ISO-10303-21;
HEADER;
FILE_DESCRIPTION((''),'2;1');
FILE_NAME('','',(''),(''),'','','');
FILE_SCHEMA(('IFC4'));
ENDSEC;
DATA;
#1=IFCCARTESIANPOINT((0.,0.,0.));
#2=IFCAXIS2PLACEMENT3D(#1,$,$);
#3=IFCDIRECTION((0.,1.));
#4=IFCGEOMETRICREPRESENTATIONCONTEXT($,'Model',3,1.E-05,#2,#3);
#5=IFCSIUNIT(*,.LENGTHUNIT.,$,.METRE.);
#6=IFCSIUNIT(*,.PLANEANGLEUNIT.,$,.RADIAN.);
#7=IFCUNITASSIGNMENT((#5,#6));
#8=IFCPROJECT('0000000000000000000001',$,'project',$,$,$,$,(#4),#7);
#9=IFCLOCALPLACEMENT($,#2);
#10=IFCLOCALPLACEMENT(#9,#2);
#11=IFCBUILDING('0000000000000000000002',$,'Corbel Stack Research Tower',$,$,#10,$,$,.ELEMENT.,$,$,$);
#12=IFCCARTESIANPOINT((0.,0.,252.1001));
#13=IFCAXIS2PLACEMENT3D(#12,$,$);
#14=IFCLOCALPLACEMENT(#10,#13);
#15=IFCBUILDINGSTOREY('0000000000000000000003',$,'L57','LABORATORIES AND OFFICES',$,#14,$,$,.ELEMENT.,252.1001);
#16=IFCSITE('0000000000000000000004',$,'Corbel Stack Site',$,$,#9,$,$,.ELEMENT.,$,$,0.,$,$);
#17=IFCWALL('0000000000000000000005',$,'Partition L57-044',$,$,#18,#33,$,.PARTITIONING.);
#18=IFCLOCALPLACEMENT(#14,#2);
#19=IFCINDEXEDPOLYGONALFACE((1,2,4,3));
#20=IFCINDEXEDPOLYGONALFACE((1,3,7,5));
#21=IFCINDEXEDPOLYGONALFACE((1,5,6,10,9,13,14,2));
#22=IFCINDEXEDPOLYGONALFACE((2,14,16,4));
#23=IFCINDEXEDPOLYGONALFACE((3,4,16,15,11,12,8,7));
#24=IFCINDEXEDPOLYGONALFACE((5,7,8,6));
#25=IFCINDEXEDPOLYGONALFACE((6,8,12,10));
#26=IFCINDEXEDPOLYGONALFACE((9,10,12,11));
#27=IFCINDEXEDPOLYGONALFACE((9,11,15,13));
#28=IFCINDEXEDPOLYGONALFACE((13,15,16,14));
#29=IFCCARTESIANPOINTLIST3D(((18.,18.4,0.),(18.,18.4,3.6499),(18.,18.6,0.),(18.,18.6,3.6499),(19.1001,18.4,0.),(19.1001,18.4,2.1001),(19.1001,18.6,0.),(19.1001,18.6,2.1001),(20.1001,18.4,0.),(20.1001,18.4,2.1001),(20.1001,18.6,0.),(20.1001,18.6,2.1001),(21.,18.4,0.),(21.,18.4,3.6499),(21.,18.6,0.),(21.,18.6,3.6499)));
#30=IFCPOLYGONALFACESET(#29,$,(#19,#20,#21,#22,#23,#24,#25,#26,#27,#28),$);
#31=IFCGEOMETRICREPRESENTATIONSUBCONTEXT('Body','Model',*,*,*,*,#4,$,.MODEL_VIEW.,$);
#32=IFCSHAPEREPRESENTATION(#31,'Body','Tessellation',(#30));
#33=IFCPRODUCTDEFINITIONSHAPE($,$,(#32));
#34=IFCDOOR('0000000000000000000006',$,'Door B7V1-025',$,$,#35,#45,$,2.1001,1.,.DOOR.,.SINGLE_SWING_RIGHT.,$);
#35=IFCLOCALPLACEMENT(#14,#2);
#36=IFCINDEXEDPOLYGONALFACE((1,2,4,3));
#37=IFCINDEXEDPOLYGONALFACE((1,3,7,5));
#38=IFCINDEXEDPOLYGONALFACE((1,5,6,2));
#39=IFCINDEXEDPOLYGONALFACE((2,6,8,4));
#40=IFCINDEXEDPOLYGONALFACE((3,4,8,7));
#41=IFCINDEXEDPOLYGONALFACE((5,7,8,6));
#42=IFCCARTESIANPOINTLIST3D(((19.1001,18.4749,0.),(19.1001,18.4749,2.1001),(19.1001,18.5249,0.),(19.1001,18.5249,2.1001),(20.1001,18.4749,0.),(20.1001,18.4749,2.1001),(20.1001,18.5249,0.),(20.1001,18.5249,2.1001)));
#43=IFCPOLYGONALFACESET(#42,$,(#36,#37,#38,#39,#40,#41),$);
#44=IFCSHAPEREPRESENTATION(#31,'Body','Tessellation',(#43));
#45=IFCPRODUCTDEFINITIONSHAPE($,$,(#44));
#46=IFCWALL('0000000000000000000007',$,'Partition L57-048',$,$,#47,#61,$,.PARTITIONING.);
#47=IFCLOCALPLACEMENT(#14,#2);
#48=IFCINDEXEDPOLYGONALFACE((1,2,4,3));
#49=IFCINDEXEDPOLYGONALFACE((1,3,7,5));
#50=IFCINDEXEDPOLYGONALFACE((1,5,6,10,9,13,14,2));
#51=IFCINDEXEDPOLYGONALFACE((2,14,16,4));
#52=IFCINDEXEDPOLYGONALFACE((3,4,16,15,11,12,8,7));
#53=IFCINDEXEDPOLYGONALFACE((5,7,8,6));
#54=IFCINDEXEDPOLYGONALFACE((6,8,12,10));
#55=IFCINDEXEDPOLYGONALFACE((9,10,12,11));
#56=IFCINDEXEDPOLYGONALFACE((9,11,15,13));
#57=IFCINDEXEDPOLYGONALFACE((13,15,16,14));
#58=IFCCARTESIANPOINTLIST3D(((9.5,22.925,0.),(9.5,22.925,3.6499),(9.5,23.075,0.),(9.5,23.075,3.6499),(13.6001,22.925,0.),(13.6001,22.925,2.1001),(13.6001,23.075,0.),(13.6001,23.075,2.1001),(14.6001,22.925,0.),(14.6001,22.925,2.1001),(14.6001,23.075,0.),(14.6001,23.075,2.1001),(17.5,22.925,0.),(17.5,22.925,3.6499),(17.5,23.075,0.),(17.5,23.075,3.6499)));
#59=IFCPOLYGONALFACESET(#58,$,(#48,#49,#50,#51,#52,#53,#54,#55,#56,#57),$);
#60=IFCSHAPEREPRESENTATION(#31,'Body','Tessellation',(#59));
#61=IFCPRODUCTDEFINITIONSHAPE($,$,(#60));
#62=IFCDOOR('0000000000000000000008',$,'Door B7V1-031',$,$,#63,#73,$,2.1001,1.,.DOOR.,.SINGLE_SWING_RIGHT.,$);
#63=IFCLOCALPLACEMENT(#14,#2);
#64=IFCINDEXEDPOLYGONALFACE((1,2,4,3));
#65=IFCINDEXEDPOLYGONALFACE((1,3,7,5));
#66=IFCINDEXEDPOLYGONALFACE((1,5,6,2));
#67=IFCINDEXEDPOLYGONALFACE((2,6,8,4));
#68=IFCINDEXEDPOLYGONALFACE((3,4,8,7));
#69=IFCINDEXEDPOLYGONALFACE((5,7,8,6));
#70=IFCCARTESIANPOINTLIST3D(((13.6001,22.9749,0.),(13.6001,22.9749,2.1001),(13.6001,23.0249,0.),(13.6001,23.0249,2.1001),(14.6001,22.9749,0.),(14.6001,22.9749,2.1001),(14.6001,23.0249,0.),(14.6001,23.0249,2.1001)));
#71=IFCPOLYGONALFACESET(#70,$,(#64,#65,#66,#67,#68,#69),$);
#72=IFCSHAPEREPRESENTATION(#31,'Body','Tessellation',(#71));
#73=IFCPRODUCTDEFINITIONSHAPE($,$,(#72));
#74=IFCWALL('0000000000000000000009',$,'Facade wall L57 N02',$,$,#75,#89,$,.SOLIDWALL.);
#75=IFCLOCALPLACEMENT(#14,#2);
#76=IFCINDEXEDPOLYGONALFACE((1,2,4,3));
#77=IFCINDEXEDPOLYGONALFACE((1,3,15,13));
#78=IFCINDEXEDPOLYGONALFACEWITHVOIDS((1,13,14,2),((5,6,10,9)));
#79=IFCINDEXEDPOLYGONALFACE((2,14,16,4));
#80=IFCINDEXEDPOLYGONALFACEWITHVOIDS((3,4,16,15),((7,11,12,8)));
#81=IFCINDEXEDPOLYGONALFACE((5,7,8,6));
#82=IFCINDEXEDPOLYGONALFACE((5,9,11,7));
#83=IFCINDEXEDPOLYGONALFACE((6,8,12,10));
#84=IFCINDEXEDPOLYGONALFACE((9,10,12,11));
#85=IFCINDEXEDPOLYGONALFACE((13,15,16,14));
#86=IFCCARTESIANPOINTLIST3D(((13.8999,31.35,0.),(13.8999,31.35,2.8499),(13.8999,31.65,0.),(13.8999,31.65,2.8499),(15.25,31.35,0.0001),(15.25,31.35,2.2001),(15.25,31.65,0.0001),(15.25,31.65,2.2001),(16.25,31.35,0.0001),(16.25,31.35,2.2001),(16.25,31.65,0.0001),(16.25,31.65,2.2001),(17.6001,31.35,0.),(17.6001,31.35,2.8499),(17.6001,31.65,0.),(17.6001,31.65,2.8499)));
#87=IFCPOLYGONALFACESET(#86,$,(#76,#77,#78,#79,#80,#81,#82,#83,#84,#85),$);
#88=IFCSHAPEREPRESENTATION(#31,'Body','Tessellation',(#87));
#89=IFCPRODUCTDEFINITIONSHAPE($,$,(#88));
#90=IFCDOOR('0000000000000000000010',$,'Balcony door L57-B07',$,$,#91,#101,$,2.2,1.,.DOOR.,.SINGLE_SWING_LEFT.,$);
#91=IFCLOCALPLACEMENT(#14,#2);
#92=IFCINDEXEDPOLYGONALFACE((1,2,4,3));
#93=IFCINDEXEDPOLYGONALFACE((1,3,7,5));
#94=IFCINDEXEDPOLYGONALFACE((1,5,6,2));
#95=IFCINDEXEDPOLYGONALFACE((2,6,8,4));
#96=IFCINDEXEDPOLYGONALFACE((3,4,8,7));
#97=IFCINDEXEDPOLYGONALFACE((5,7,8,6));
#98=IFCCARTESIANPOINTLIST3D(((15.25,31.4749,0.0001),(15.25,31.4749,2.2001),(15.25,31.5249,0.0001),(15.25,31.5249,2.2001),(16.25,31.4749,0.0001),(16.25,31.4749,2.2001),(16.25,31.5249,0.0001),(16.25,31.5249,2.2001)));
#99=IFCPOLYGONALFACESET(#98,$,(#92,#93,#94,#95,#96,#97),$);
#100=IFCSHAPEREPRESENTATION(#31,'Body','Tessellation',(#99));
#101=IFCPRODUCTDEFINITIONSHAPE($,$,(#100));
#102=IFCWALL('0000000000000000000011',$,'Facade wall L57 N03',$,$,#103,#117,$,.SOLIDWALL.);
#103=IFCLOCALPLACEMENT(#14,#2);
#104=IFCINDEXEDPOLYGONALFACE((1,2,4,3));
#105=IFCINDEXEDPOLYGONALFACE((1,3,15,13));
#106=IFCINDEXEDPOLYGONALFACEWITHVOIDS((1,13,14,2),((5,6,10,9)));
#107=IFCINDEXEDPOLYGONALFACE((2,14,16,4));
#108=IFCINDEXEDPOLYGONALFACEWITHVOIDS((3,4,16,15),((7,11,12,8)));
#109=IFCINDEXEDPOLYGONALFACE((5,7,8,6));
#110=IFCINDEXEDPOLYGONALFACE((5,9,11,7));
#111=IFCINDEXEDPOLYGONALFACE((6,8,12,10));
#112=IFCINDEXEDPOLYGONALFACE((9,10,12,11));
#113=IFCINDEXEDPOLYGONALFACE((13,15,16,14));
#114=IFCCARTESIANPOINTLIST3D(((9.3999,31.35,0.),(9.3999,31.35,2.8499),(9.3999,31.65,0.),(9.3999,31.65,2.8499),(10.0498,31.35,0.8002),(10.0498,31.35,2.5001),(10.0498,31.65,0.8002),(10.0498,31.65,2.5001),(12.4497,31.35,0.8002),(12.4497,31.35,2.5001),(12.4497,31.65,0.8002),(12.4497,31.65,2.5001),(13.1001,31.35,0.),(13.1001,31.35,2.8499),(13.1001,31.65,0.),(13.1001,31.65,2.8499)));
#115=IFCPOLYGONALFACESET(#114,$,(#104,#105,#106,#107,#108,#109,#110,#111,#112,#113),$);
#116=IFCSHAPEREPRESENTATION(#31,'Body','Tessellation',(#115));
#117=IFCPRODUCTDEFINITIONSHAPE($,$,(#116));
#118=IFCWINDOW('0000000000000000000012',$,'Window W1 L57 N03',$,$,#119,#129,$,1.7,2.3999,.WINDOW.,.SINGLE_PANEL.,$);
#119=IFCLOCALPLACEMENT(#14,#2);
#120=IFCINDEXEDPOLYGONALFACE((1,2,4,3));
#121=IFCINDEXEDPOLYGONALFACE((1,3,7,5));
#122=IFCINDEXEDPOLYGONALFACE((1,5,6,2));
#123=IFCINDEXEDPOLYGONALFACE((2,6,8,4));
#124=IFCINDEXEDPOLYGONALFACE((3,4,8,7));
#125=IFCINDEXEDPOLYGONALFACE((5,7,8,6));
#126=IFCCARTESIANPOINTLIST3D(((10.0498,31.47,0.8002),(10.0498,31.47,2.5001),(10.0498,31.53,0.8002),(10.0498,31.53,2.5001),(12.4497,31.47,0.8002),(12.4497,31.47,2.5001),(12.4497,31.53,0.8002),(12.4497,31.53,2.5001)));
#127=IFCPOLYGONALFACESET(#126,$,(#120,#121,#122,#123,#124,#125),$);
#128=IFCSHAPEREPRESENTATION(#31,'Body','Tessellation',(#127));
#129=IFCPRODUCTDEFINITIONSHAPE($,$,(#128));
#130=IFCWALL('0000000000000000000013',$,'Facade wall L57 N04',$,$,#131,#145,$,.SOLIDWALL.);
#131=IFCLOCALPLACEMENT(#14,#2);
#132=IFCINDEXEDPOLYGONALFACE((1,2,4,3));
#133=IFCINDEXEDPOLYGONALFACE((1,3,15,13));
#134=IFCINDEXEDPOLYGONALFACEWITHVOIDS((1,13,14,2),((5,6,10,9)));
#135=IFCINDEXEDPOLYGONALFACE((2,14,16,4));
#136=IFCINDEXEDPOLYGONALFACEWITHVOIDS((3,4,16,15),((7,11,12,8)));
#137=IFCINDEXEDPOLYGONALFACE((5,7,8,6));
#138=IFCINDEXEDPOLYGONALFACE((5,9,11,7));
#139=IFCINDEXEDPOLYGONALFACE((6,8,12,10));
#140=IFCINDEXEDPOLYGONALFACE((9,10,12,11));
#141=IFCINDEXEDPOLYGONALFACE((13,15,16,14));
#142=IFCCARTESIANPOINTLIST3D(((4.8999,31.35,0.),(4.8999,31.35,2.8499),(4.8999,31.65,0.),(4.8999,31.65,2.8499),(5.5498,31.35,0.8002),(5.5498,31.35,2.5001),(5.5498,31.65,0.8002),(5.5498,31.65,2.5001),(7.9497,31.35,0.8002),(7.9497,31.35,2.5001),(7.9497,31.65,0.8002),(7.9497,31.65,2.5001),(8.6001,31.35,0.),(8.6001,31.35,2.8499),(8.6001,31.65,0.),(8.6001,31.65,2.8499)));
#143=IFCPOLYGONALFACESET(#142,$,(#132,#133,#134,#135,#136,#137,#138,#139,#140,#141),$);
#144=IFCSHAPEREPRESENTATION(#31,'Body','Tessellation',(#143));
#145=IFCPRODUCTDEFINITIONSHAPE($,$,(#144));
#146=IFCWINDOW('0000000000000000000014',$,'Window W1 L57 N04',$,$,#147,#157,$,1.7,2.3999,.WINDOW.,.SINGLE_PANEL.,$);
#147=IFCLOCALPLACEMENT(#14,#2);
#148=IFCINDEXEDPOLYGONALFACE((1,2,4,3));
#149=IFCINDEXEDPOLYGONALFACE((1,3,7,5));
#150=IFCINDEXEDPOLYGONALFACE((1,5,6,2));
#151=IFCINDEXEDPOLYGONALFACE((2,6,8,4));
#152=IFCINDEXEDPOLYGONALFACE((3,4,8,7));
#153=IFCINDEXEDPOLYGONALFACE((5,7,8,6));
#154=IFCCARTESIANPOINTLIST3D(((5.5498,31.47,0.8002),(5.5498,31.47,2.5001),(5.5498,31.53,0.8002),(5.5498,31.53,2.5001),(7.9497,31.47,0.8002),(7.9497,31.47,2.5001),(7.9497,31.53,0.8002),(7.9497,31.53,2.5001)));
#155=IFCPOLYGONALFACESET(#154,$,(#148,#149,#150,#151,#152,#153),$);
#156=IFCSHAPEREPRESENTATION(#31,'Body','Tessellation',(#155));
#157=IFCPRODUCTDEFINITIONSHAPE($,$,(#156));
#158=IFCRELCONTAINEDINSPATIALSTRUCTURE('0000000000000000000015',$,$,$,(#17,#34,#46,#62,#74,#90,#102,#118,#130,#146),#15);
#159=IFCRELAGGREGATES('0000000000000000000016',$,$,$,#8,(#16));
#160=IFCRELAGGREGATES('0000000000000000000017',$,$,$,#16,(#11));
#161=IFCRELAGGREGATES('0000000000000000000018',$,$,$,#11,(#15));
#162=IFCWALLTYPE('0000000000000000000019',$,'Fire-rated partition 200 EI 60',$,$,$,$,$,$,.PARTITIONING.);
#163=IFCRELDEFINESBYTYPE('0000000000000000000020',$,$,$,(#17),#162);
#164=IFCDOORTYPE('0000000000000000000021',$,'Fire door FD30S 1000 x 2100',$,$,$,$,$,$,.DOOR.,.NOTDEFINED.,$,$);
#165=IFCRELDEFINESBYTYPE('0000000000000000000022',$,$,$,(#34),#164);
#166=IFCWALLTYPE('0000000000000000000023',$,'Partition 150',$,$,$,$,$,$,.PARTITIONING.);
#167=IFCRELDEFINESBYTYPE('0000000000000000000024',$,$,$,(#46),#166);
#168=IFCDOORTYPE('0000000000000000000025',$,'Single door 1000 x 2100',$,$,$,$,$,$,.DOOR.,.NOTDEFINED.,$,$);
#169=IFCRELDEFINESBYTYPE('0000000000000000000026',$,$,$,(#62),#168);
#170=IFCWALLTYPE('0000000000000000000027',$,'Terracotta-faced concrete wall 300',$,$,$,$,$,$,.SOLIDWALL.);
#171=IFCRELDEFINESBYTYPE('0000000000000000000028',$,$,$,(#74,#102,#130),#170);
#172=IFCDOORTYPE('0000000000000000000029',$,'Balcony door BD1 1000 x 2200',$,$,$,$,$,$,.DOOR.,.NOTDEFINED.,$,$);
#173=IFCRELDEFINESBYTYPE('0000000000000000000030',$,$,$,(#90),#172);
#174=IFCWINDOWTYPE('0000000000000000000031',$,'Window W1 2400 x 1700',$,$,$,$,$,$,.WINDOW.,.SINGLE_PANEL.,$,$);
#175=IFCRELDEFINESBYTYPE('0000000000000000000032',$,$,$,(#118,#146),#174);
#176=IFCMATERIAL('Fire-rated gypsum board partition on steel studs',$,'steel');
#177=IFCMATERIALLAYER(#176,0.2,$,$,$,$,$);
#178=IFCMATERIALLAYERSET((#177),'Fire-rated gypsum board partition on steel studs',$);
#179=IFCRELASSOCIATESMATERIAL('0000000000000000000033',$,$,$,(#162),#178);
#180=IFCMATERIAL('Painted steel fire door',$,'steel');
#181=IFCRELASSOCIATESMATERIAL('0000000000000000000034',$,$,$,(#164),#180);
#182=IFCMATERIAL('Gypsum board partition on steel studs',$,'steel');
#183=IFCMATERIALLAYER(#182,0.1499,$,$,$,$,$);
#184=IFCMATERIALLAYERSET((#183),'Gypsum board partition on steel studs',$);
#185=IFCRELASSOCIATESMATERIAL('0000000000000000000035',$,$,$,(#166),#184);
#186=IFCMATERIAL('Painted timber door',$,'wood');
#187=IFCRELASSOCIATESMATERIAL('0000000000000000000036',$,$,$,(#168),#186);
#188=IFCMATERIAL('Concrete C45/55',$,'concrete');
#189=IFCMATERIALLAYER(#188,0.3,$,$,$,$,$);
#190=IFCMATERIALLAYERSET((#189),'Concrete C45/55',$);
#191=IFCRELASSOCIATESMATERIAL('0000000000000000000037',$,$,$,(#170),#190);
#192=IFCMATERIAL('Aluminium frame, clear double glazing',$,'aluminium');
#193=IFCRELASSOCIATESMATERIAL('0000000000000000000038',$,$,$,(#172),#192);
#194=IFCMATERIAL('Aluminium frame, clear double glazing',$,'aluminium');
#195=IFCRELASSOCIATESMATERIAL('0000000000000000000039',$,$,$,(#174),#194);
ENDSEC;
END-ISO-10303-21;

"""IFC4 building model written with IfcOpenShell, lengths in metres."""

from ifc_helpers import new_model, si_unit, direction, frame, frame_2d, origin, place, context, subcontext, project, spatial, rectangle, extrude, material, layer, layer_set, type_object, element, fill, save


model = new_model("IFC4")

# Units and contexts
model_context = context("Model", 3, precision=1e-05, world=origin(), true_north=direction((0.0, 1.0)))
body_context = subcontext(model_context, "Body", "Model", "MODEL_VIEW")
ifc_project = project(units=[si_unit("LENGTHUNIT", "METRE"), si_unit("PLANEANGLEUNIT", "RADIAN")], contexts=[model_context])

# Site, building, storey
site_placement = place(None, origin())
site = spatial("IfcSite", under=ifc_project, at=site_placement, Name="Corbel Stack Site", CompositionType="ELEMENT", RefElevation=0.0)
building_placement = place(site_placement, origin())
building = spatial("IfcBuilding", under=site, at=building_placement, Name="Corbel Stack Research Tower", CompositionType="ELEMENT")
storey_placement = place(building_placement, frame((0.0, 0.0, 252.1001)))
storey = spatial("IfcBuildingStorey", under=building, at=storey_placement, Name="L57", Description="LABORATORIES AND OFFICES", CompositionType="ELEMENT", Elevation=252.1001)

# Shared definitions
ifc_material_1 = material(Name="Fire-rated gypsum board partition on steel studs", Category="steel")
ifc_layer_1 = layer(ifc_material_1, 0.2)
ifc_layer_set_1 = layer_set([ifc_layer_1], Name="Fire-rated gypsum board partition on steel studs")
wall_type_1 = type_object("IfcWallType", Name="Fire-rated partition 200 EI 60", PredefinedType="PARTITIONING", material=ifc_layer_set_1)

# Walls, openings, doors
wall_1_placement = place(storey_placement, frame((18.0, 18.5, 0.0), z_axis=(0.0, 0.0, 1.0), x_axis=(1.0, 0.0, 0.0)))
wall_1 = element("IfcWall", 1, at=wall_1_placement, inside=storey, type_object=wall_type_1, Name="Partition L57-044", PredefinedType="PARTITIONING", context=body_context, shape_type="SweptSolid", body=[
    extrude(rectangle(XDim=3.0, YDim=0.2, at=frame_2d((1.5, 0.0))), origin(), (0.0, 0.0, 1.0), 3.6499),
])
opening_1_placement = place(wall_1_placement, frame((1.1001, 0.0, 0.0)))
opening_1 = element("IfcOpeningElement", 2, at=opening_1_placement, cuts=wall_1, PredefinedType="OPENING", context=body_context, shape_type="SweptSolid", body=[
    extrude(rectangle(XDim=1.0, YDim=2.1001, at=frame_2d((0.5, 1.05))), frame((0.0, 0.1099, 0.0), z_axis=(0.0, -1.0, 0.0), x_axis=(1.0, 0.0, 0.0)), (0.0, 0.0, 1.0), 0.22),
])
ifc_material_2 = material(Name="Painted steel fire door", Category="steel")
door_type_1 = type_object("IfcDoorType", Name="Fire door FD30S 1000 x 2100", OperationType="NOTDEFINED", PredefinedType="DOOR", material=ifc_material_2)
door_1_placement = place(opening_1_placement, origin())
door_1 = element("IfcDoor", 3, at=door_1_placement, inside=storey, type_object=door_type_1, Name="Door B7V1-025", OperationType="SINGLE_SWING_RIGHT", OverallHeight=2.1001, OverallWidth=1.0, PredefinedType="DOOR", context=body_context, shape_type="SweptSolid", body=[
    extrude(rectangle(XDim=1.0, YDim=2.1001, at=frame_2d((0.5, 1.05))), frame((0.0, 0.0249, 0.0), z_axis=(0.0, -1.0, 0.0), x_axis=(1.0, 0.0, 0.0)), (0.0, 0.0, 1.0), 0.05),
])
fill(opening_1, door_1)
ifc_material_3 = material(Name="Gypsum board partition on steel studs", Category="steel")
ifc_layer_2 = layer(ifc_material_3, 0.1499)
ifc_layer_set_2 = layer_set([ifc_layer_2], Name="Gypsum board partition on steel studs")
wall_type_2 = type_object("IfcWallType", Name="Partition 150", PredefinedType="PARTITIONING", material=ifc_layer_set_2)
wall_2_placement = place(storey_placement, frame((9.5, 23.0, 0.0), z_axis=(0.0, 0.0, 1.0), x_axis=(1.0, 0.0, 0.0)))
wall_2 = element("IfcWall", 4, at=wall_2_placement, inside=storey, type_object=wall_type_2, Name="Partition L57-048", PredefinedType="PARTITIONING", context=body_context, shape_type="SweptSolid", body=[
    extrude(rectangle(XDim=8.0, YDim=0.1499, at=frame_2d((4.0, 0.0))), origin(), (0.0, 0.0, 1.0), 3.6499),
])
opening_2_placement = place(wall_2_placement, frame((4.1001, 0.0, 0.0)))
opening_2 = element("IfcOpeningElement", 5, at=opening_2_placement, cuts=wall_2, PredefinedType="OPENING", context=body_context, shape_type="SweptSolid", body=[
    extrude(rectangle(XDim=1.0, YDim=2.1001, at=frame_2d((0.5, 1.05))), frame((0.0, 0.085, 0.0), z_axis=(0.0, -1.0, 0.0), x_axis=(1.0, 0.0, 0.0)), (0.0, 0.0, 1.0), 0.1699),
])
ifc_material_4 = material(Name="Painted timber door", Category="wood")
door_type_2 = type_object("IfcDoorType", Name="Single door 1000 x 2100", OperationType="NOTDEFINED", PredefinedType="DOOR", material=ifc_material_4)
door_2_placement = place(opening_2_placement, origin())
door_2 = element("IfcDoor", 6, at=door_2_placement, inside=storey, type_object=door_type_2, Name="Door B7V1-031", OperationType="SINGLE_SWING_RIGHT", OverallHeight=2.1001, OverallWidth=1.0, PredefinedType="DOOR", context=body_context, shape_type="SweptSolid", body=[
    extrude(rectangle(XDim=1.0, YDim=2.1001, at=frame_2d((0.5, 1.05))), frame((0.0, 0.0249, 0.0), z_axis=(0.0, -1.0, 0.0), x_axis=(1.0, 0.0, 0.0)), (0.0, 0.0, 1.0), 0.05),
])
fill(opening_2, door_2)
ifc_material_5 = material(Name="Concrete C45/55", Category="concrete")
ifc_layer_3 = layer(ifc_material_5, 0.3)
ifc_layer_set_3 = layer_set([ifc_layer_3], Name="Concrete C45/55")
wall_type_3 = type_object("IfcWallType", Name="Terracotta-faced concrete wall 300", PredefinedType="SOLIDWALL", material=ifc_layer_set_3)
wall_3_placement = place(storey_placement, frame((13.8999, 31.5, 0.0), z_axis=(0.0, 0.0, 1.0), x_axis=(1.0, 0.0, 0.0)))
wall_3 = element("IfcWall", 7, at=wall_3_placement, inside=storey, type_object=wall_type_3, Name="Facade wall L57 N02", PredefinedType="SOLIDWALL", context=body_context, shape_type="SweptSolid", body=[
    extrude(rectangle(XDim=3.7002, YDim=0.3, at=frame_2d((1.8501, 0.0))), origin(), (0.0, 0.0, 1.0), 2.8499),
])
opening_3_placement = place(wall_3_placement, frame((1.3501, 0.0, 0.0)))
opening_3 = element("IfcOpeningElement", 8, at=opening_3_placement, cuts=wall_3, PredefinedType="OPENING", context=body_context, shape_type="SweptSolid", body=[
    extrude(rectangle(XDim=1.0, YDim=2.2, at=frame_2d((0.5, 1.1001))), frame((0.0, 0.1599, 0.0), z_axis=(0.0, -1.0, 0.0), x_axis=(1.0, 0.0, 0.0)), (0.0, 0.0, 1.0), 0.3201),
])
ifc_material_6 = material(Name="Aluminium frame, clear double glazing", Category="aluminium")
door_type_3 = type_object("IfcDoorType", Name="Balcony door BD1 1000 x 2200", OperationType="NOTDEFINED", PredefinedType="DOOR", material=ifc_material_6)
door_3_placement = place(opening_3_placement, origin())
door_3 = element("IfcDoor", 9, at=door_3_placement, inside=storey, type_object=door_type_3, Name="Balcony door L57-B07", OperationType="SINGLE_SWING_LEFT", OverallHeight=2.2, OverallWidth=1.0, PredefinedType="DOOR", context=body_context, shape_type="SweptSolid", body=[
    extrude(rectangle(XDim=1.0, YDim=2.2, at=frame_2d((0.5, 1.1001))), frame((0.0, 0.0249, 0.0), z_axis=(0.0, -1.0, 0.0), x_axis=(1.0, 0.0, 0.0)), (0.0, 0.0, 1.0), 0.05),
])
fill(opening_3, door_3)

# Walls, openings, windows
wall_4_placement = place(storey_placement, frame((9.3999, 31.5, 0.0), z_axis=(0.0, 0.0, 1.0), x_axis=(1.0, 0.0, 0.0)))
wall_4 = element("IfcWall", 10, at=wall_4_placement, inside=storey, type_object=wall_type_3, Name="Facade wall L57 N03", PredefinedType="SOLIDWALL", context=body_context, shape_type="SweptSolid", body=[
    extrude(rectangle(XDim=3.7002, YDim=0.3, at=frame_2d((1.8501, 0.0))), origin(), (0.0, 0.0, 1.0), 2.8499),
])
opening_4_placement = place(wall_4_placement, frame((0.6499, 0.0, 0.8)))
opening_4 = element("IfcOpeningElement", 11, at=opening_4_placement, cuts=wall_4, PredefinedType="OPENING", context=body_context, shape_type="SweptSolid", body=[
    extrude(rectangle(XDim=2.3999, YDim=1.7, at=frame_2d((1.2, 0.8501))), frame((0.0, 0.1599, 0.0), z_axis=(0.0, -1.0, 0.0), x_axis=(1.0, 0.0, 0.0)), (0.0, 0.0, 1.0), 0.3201),
])
ifc_material_7 = material(Name="Aluminium frame, clear double glazing", Category="aluminium")
window_type = type_object("IfcWindowType", Name="Window W1 2400 x 1700", PartitioningType="SINGLE_PANEL", PredefinedType="WINDOW", material=ifc_material_7)
window_1_placement = place(opening_4_placement, origin())
window_1 = element("IfcWindow", 12, at=window_1_placement, inside=storey, type_object=window_type, Name="Window W1 L57 N03", OverallHeight=1.7, OverallWidth=2.3999, PartitioningType="SINGLE_PANEL", PredefinedType="WINDOW", context=body_context, shape_type="SweptSolid", body=[
    extrude(rectangle(XDim=2.3999, YDim=1.7, at=frame_2d((1.2, 0.8501))), frame((0.0, 0.03, 0.0), z_axis=(0.0, -1.0, 0.0), x_axis=(1.0, 0.0, 0.0)), (0.0, 0.0, 1.0), 0.0601),
])
fill(opening_4, window_1)
wall_5_placement = place(storey_placement, frame((4.8999, 31.5, 0.0), z_axis=(0.0, 0.0, 1.0), x_axis=(1.0, 0.0, 0.0)))
wall_5 = element("IfcWall", 13, at=wall_5_placement, inside=storey, type_object=wall_type_3, Name="Facade wall L57 N04", PredefinedType="SOLIDWALL", context=body_context, shape_type="SweptSolid", body=[
    extrude(rectangle(XDim=3.7002, YDim=0.3, at=frame_2d((1.8501, 0.0))), origin(), (0.0, 0.0, 1.0), 2.8499),
])
opening_5_placement = place(wall_5_placement, frame((0.6499, 0.0, 0.8)))
opening_5 = element("IfcOpeningElement", 14, at=opening_5_placement, cuts=wall_5, PredefinedType="OPENING", context=body_context, shape_type="SweptSolid", body=[
    extrude(rectangle(XDim=2.3999, YDim=1.7, at=frame_2d((1.2, 0.8501))), frame((0.0, 0.1599, 0.0), z_axis=(0.0, -1.0, 0.0), x_axis=(1.0, 0.0, 0.0)), (0.0, 0.0, 1.0), 0.3201),
])
window_2_placement = place(opening_5_placement, origin())
window_2 = element("IfcWindow", 15, at=window_2_placement, inside=storey, type_object=window_type, Name="Window W1 L57 N04", OverallHeight=1.7, OverallWidth=2.3999, PartitioningType="SINGLE_PANEL", PredefinedType="WINDOW", context=body_context, shape_type="SweptSolid", body=[
    extrude(rectangle(XDim=2.3999, YDim=1.7, at=frame_2d((1.2, 0.8501))), frame((0.0, 0.03, 0.0), z_axis=(0.0, -1.0, 0.0), x_axis=(1.0, 0.0, 0.0)), (0.0, 0.0, 1.0), 0.0601),
])
fill(opening_5, window_2)

save(model, "model.ifc")
